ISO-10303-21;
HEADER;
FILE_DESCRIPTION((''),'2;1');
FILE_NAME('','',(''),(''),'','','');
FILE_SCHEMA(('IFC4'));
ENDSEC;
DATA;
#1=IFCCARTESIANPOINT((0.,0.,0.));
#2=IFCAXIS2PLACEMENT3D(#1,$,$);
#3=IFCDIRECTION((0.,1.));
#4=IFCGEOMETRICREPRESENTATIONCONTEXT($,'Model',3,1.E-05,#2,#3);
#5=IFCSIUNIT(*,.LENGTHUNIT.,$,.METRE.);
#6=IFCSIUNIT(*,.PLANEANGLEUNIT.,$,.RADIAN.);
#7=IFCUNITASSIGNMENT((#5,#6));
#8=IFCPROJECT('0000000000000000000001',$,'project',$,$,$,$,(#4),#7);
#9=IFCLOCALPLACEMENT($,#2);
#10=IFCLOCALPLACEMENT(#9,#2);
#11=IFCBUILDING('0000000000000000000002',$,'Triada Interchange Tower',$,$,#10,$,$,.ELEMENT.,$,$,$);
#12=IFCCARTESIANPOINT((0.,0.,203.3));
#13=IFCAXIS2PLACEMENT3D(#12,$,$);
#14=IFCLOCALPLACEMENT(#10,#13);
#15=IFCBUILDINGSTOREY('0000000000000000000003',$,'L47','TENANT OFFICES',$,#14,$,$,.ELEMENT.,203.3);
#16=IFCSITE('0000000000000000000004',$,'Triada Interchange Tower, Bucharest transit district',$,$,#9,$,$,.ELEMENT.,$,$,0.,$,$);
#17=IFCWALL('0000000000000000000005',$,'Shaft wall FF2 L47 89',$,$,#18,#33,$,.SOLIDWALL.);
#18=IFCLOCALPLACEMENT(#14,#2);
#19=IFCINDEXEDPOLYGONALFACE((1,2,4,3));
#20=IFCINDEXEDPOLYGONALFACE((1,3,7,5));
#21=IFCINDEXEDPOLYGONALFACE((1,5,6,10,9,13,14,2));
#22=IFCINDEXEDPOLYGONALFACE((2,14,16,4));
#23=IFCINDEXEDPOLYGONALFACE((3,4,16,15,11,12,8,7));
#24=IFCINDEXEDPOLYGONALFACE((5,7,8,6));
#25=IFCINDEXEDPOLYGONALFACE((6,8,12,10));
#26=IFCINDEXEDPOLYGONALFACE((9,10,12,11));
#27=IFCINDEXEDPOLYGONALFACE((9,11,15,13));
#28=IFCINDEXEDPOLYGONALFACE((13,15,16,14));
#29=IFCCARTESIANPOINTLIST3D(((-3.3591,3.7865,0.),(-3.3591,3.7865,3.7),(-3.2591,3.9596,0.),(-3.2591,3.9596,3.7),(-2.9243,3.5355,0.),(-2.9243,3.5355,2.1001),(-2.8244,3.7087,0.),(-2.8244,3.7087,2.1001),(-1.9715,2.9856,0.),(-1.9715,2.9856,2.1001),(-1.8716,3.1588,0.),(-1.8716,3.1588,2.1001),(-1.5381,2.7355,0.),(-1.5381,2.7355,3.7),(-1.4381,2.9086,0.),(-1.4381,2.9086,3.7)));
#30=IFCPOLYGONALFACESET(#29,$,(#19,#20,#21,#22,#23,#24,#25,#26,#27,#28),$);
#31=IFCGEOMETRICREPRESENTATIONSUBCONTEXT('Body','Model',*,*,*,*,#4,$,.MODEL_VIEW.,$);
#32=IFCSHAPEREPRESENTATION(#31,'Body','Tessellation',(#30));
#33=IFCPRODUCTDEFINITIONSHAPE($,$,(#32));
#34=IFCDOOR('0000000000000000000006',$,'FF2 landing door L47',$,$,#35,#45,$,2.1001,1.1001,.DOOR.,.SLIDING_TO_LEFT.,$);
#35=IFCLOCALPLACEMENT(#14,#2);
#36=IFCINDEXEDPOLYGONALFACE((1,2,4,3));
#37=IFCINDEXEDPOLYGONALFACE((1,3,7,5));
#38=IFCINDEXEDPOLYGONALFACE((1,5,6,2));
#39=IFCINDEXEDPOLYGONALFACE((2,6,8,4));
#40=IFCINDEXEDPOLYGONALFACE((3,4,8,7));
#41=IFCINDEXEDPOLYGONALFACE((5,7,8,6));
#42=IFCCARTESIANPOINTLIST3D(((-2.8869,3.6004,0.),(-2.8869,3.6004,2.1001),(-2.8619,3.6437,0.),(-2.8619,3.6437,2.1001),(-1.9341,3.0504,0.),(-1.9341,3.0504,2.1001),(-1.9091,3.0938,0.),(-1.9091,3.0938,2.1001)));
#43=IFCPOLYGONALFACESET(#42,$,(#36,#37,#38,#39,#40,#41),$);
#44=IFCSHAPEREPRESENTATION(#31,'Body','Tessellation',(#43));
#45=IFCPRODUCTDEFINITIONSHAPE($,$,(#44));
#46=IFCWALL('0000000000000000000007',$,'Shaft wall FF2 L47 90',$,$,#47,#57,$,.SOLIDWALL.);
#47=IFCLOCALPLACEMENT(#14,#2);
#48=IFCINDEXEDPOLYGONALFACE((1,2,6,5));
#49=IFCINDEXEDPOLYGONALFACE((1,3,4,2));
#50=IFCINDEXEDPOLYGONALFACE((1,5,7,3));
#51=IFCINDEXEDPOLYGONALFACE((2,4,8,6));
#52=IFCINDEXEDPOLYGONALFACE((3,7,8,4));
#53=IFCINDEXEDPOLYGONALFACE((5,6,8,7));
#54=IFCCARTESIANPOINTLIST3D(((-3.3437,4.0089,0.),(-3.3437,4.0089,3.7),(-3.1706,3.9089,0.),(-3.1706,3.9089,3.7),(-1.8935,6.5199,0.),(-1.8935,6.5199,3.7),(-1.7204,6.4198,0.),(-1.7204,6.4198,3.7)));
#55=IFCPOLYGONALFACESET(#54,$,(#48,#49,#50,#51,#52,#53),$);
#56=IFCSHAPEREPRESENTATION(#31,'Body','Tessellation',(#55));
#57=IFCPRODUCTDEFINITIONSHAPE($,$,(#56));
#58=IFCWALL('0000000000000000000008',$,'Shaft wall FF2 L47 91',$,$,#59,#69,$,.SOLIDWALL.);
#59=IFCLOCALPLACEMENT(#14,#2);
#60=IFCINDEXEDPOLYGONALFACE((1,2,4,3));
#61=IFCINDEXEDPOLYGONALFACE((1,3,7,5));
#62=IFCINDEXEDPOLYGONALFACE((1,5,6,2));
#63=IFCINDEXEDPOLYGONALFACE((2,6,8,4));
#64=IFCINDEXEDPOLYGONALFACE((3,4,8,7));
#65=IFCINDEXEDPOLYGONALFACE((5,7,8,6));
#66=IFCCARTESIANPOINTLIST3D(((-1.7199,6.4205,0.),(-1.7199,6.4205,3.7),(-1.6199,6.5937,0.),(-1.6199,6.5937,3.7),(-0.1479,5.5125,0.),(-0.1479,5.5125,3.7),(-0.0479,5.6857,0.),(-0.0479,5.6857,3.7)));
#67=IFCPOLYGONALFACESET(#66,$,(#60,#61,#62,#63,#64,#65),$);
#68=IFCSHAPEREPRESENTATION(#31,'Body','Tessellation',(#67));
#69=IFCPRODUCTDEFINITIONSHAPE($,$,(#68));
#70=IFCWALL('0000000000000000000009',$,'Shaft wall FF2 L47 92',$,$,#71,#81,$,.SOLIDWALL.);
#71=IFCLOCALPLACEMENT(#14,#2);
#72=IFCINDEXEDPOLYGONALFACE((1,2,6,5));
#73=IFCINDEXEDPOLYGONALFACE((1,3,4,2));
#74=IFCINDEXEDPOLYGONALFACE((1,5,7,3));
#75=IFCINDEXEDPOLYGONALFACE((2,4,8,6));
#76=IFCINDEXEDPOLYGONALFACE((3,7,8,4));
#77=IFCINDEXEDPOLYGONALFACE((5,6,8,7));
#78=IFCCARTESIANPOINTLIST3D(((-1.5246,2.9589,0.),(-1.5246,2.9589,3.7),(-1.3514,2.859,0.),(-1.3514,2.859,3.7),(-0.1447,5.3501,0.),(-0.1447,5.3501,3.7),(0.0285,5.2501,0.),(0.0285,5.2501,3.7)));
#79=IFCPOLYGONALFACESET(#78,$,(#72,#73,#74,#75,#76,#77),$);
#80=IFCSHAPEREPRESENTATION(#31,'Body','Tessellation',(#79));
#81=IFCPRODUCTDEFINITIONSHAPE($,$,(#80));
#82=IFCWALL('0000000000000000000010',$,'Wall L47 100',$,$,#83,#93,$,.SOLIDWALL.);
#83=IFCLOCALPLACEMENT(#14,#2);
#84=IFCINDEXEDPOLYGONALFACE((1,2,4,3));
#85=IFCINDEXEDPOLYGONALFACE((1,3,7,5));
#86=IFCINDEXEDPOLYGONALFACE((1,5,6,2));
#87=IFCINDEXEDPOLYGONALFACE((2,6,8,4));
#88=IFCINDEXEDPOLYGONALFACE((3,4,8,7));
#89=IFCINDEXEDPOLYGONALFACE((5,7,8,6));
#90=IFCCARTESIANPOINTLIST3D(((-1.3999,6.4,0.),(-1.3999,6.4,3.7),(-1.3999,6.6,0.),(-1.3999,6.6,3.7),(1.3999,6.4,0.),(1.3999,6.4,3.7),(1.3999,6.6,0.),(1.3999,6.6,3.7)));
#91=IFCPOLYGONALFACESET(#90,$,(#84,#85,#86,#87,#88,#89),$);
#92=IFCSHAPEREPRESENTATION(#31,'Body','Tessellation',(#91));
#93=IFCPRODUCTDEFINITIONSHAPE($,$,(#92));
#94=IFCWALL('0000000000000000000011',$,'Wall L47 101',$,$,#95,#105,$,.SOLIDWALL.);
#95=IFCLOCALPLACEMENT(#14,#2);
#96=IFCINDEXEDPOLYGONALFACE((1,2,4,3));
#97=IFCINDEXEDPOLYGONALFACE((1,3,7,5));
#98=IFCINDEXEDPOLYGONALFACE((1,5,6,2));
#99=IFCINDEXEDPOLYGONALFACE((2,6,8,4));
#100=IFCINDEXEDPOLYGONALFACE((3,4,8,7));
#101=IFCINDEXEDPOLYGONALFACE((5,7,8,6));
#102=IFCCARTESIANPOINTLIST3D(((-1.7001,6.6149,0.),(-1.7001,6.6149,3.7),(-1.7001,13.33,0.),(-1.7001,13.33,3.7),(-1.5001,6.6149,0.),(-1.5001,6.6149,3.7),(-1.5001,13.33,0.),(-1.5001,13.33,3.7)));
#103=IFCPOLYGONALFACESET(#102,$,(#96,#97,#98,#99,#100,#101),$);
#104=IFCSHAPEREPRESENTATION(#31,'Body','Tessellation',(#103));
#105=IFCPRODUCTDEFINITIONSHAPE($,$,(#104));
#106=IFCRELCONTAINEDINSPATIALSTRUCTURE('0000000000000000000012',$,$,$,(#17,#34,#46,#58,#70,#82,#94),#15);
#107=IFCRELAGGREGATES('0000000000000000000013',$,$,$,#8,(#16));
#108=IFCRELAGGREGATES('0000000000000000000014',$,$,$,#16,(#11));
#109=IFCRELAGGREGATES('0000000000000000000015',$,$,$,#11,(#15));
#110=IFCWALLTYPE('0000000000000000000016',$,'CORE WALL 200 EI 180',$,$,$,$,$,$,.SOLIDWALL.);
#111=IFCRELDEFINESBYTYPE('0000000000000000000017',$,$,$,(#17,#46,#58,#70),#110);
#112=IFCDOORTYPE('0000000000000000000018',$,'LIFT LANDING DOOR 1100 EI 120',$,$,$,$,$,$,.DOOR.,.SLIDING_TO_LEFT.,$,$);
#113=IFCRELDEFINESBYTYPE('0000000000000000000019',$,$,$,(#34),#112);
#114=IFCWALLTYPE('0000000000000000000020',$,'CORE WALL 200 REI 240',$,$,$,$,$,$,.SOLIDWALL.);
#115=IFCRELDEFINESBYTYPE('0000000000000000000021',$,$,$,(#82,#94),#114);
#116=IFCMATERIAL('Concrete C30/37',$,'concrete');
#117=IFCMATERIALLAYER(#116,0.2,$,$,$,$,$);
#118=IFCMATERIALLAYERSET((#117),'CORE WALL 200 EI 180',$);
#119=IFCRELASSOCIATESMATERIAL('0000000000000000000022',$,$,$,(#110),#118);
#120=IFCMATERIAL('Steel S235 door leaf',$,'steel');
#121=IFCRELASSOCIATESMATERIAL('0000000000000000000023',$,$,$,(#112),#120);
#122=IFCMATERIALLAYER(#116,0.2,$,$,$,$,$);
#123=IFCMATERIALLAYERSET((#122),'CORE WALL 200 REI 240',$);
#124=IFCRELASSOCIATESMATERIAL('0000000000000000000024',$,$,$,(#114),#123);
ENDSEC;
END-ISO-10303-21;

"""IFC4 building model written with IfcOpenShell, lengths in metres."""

from ifc_helpers import new_model, si_unit, direction, frame, frame_2d, origin, place, context, subcontext, project, spatial, rectangle, extrude, material, layer, layer_set, type_object, element, fill, save


model = new_model("IFC4")

# Units and contexts
model_context = context("Model", 3, precision=1e-05, world=origin(), true_north=direction((0.0, 1.0)))
body_context = subcontext(model_context, "Body", "Model", "MODEL_VIEW")
ifc_project = project(units=[si_unit("LENGTHUNIT", "METRE"), si_unit("PLANEANGLEUNIT", "RADIAN")], contexts=[model_context])

# Site, building, storey
site_placement = place(None, origin())
site = spatial("IfcSite", under=ifc_project, at=site_placement, Name="Triada Interchange Tower, Bucharest transit district", CompositionType="ELEMENT", RefElevation=0.0)
building_placement = place(site_placement, origin())
building = spatial("IfcBuilding", under=site, at=building_placement, Name="Triada Interchange Tower", CompositionType="ELEMENT")
storey_placement = place(building_placement, frame((0.0, 0.0, 203.3)))
storey = spatial("IfcBuildingStorey", under=building, at=storey_placement, Name="L47", Description="TENANT OFFICES", CompositionType="ELEMENT", Elevation=203.3)

# Shared definitions
ifc_material_1 = material(Name="Concrete C30/37", Category="concrete")
ifc_layer_1 = layer(ifc_material_1, 0.2)
ifc_layer_set_1 = layer_set([ifc_layer_1], Name="CORE WALL 200 EI 180")
wall_type_1 = type_object("IfcWallType", Name="CORE WALL 200 EI 180", PredefinedType="SOLIDWALL", material=ifc_layer_set_1)

# Shared definitions
ifc_material_2 = material(Name="Steel S235 door leaf", Category="steel")

# Wall, opening, door
door_type_1 = type_object("IfcDoorType", Name="LIFT LANDING DOOR 1100 EI 120", OperationType="SLIDING_TO_LEFT", PredefinedType="DOOR", material=ifc_material_2)
wall_1_placement = place(storey_placement, frame((-3.3091, 3.873, 0.0), z_axis=(0.0, 0.0, 1.0), x_axis=(0.866099, -0.499873, 0.0)))
wall_1 = element("IfcWall", 1, at=wall_1_placement, inside=storey, type_object=wall_type_1, Name="Shaft wall FF2 L47 89", PredefinedType="SOLIDWALL", context=body_context, shape_type="SweptSolid", body=[
    extrude(rectangle(XDim=2.1025, YDim=0.2, at=frame_2d((1.0513, 0.0))), origin(), (0.0, 0.0, 1.0), 3.7),
])
opening_1_placement = place(wall_1_placement, frame((0.502, 0.0, 0.0)))
opening_1 = element("IfcOpeningElement", 2, at=opening_1_placement, cuts=wall_1, PredefinedType="OPENING", context=body_context, shape_type="SweptSolid", body=[
    extrude(rectangle(XDim=1.1001, YDim=2.1001, at=frame_2d((0.55, 1.05))), frame((0.0, 0.1099, 0.0), z_axis=(0.0, -1.0, 0.0), x_axis=(1.0, 0.0, 0.0)), (0.0, 0.0, 1.0), 0.22),
])
door_1_placement = place(opening_1_placement, origin())
door_1 = element("IfcDoor", 3, at=door_1_placement, inside=storey, type_object=door_type_1, Name="FF2 landing door L47", OperationType="SLIDING_TO_LEFT", OverallHeight=2.1001, OverallWidth=1.1001, PredefinedType="DOOR", context=body_context, shape_type="SweptSolid", body=[
    extrude(rectangle(XDim=1.1001, YDim=2.1001, at=frame_2d((0.55, 1.05))), frame((0.0, 0.0249, 0.0), z_axis=(0.0, -1.0, 0.0), x_axis=(1.0, 0.0, 0.0)), (0.0, 0.0, 1.0), 0.05),
])
fill(opening_1, door_1)

# Walls
wall_2_placement = place(storey_placement, frame((-3.2571, 3.959, 0.0), z_axis=(0.0, 0.0, 1.0), x_axis=(0.500123, 0.865954, 0.0)))
element("IfcWall", 4, at=wall_2_placement, inside=storey, type_object=wall_type_1, Name="Shaft wall FF2 L47 90", PredefinedType="SOLIDWALL", context=body_context, shape_type="SweptSolid", body=[
    extrude(rectangle(XDim=2.8997, YDim=0.2, at=frame_2d((1.4497, 0.0))), origin(), (0.0, 0.0, 1.0), 3.7),
])
wall_3_placement = place(storey_placement, frame((-1.6699, 6.5071, 0.0), z_axis=(0.0, 0.0, 1.0), x_axis=(0.865941, -0.500145, 0.0)))
element("IfcWall", 5, at=wall_3_placement, inside=storey, type_object=wall_type_1, Name="Shaft wall FF2 L47 91", PredefinedType="SOLIDWALL", context=body_context, shape_type="SweptSolid", body=[
    extrude(rectangle(XDim=1.8154, YDim=0.2, at=frame_2d((0.9077, 0.0))), origin(), (0.0, 0.0, 1.0), 3.7),
])
wall_4_placement = place(storey_placement, frame((-1.438, 2.9089, 0.0), z_axis=(0.0, 0.0, 1.0), x_axis=(0.49983, 0.866124, 0.0)))
element("IfcWall", 6, at=wall_4_placement, inside=storey, type_object=wall_type_1, Name="Shaft wall FF2 L47 92", PredefinedType="SOLIDWALL", context=body_context, shape_type="SweptSolid", body=[
    extrude(rectangle(XDim=2.7607, YDim=0.2, at=frame_2d((1.3804, 0.0))), origin(), (0.0, 0.0, 1.0), 3.7),
])
ifc_layer_2 = layer(ifc_material_1, 0.2)
ifc_layer_set_2 = layer_set([ifc_layer_2], Name="CORE WALL 200 REI 240")
wall_type_2 = type_object("IfcWallType", Name="CORE WALL 200 REI 240", PredefinedType="SOLIDWALL", material=ifc_layer_set_2)
wall_5_placement = place(storey_placement, frame((-1.3999, 6.5, 0.0), z_axis=(0.0, 0.0, 1.0), x_axis=(1.0, 0.0, 0.0)))
element("IfcWall", 7, at=wall_5_placement, inside=storey, type_object=wall_type_2, Name="Wall L47 100", PredefinedType="SOLIDWALL", context=body_context, shape_type="SweptSolid", body=[
    extrude(rectangle(XDim=2.7998, YDim=0.2, at=frame_2d((1.3999, 0.0))), origin(), (0.0, 0.0, 1.0), 3.7),
])
wall_6_placement = place(storey_placement, frame((-1.6001, 6.615, 0.0), z_axis=(0.0, 0.0, 1.0), x_axis=(0.0, 1.0, 0.0)))
element("IfcWall", 8, at=wall_6_placement, inside=storey, type_object=wall_type_2, Name="Wall L47 101", PredefinedType="SOLIDWALL", context=body_context, shape_type="SweptSolid", body=[
    extrude(rectangle(XDim=6.7151, YDim=0.2, at=frame_2d((3.3574, 0.0))), origin(), (0.0, 0.0, 1.0), 3.7),
])

save(model, "model.ifc")
